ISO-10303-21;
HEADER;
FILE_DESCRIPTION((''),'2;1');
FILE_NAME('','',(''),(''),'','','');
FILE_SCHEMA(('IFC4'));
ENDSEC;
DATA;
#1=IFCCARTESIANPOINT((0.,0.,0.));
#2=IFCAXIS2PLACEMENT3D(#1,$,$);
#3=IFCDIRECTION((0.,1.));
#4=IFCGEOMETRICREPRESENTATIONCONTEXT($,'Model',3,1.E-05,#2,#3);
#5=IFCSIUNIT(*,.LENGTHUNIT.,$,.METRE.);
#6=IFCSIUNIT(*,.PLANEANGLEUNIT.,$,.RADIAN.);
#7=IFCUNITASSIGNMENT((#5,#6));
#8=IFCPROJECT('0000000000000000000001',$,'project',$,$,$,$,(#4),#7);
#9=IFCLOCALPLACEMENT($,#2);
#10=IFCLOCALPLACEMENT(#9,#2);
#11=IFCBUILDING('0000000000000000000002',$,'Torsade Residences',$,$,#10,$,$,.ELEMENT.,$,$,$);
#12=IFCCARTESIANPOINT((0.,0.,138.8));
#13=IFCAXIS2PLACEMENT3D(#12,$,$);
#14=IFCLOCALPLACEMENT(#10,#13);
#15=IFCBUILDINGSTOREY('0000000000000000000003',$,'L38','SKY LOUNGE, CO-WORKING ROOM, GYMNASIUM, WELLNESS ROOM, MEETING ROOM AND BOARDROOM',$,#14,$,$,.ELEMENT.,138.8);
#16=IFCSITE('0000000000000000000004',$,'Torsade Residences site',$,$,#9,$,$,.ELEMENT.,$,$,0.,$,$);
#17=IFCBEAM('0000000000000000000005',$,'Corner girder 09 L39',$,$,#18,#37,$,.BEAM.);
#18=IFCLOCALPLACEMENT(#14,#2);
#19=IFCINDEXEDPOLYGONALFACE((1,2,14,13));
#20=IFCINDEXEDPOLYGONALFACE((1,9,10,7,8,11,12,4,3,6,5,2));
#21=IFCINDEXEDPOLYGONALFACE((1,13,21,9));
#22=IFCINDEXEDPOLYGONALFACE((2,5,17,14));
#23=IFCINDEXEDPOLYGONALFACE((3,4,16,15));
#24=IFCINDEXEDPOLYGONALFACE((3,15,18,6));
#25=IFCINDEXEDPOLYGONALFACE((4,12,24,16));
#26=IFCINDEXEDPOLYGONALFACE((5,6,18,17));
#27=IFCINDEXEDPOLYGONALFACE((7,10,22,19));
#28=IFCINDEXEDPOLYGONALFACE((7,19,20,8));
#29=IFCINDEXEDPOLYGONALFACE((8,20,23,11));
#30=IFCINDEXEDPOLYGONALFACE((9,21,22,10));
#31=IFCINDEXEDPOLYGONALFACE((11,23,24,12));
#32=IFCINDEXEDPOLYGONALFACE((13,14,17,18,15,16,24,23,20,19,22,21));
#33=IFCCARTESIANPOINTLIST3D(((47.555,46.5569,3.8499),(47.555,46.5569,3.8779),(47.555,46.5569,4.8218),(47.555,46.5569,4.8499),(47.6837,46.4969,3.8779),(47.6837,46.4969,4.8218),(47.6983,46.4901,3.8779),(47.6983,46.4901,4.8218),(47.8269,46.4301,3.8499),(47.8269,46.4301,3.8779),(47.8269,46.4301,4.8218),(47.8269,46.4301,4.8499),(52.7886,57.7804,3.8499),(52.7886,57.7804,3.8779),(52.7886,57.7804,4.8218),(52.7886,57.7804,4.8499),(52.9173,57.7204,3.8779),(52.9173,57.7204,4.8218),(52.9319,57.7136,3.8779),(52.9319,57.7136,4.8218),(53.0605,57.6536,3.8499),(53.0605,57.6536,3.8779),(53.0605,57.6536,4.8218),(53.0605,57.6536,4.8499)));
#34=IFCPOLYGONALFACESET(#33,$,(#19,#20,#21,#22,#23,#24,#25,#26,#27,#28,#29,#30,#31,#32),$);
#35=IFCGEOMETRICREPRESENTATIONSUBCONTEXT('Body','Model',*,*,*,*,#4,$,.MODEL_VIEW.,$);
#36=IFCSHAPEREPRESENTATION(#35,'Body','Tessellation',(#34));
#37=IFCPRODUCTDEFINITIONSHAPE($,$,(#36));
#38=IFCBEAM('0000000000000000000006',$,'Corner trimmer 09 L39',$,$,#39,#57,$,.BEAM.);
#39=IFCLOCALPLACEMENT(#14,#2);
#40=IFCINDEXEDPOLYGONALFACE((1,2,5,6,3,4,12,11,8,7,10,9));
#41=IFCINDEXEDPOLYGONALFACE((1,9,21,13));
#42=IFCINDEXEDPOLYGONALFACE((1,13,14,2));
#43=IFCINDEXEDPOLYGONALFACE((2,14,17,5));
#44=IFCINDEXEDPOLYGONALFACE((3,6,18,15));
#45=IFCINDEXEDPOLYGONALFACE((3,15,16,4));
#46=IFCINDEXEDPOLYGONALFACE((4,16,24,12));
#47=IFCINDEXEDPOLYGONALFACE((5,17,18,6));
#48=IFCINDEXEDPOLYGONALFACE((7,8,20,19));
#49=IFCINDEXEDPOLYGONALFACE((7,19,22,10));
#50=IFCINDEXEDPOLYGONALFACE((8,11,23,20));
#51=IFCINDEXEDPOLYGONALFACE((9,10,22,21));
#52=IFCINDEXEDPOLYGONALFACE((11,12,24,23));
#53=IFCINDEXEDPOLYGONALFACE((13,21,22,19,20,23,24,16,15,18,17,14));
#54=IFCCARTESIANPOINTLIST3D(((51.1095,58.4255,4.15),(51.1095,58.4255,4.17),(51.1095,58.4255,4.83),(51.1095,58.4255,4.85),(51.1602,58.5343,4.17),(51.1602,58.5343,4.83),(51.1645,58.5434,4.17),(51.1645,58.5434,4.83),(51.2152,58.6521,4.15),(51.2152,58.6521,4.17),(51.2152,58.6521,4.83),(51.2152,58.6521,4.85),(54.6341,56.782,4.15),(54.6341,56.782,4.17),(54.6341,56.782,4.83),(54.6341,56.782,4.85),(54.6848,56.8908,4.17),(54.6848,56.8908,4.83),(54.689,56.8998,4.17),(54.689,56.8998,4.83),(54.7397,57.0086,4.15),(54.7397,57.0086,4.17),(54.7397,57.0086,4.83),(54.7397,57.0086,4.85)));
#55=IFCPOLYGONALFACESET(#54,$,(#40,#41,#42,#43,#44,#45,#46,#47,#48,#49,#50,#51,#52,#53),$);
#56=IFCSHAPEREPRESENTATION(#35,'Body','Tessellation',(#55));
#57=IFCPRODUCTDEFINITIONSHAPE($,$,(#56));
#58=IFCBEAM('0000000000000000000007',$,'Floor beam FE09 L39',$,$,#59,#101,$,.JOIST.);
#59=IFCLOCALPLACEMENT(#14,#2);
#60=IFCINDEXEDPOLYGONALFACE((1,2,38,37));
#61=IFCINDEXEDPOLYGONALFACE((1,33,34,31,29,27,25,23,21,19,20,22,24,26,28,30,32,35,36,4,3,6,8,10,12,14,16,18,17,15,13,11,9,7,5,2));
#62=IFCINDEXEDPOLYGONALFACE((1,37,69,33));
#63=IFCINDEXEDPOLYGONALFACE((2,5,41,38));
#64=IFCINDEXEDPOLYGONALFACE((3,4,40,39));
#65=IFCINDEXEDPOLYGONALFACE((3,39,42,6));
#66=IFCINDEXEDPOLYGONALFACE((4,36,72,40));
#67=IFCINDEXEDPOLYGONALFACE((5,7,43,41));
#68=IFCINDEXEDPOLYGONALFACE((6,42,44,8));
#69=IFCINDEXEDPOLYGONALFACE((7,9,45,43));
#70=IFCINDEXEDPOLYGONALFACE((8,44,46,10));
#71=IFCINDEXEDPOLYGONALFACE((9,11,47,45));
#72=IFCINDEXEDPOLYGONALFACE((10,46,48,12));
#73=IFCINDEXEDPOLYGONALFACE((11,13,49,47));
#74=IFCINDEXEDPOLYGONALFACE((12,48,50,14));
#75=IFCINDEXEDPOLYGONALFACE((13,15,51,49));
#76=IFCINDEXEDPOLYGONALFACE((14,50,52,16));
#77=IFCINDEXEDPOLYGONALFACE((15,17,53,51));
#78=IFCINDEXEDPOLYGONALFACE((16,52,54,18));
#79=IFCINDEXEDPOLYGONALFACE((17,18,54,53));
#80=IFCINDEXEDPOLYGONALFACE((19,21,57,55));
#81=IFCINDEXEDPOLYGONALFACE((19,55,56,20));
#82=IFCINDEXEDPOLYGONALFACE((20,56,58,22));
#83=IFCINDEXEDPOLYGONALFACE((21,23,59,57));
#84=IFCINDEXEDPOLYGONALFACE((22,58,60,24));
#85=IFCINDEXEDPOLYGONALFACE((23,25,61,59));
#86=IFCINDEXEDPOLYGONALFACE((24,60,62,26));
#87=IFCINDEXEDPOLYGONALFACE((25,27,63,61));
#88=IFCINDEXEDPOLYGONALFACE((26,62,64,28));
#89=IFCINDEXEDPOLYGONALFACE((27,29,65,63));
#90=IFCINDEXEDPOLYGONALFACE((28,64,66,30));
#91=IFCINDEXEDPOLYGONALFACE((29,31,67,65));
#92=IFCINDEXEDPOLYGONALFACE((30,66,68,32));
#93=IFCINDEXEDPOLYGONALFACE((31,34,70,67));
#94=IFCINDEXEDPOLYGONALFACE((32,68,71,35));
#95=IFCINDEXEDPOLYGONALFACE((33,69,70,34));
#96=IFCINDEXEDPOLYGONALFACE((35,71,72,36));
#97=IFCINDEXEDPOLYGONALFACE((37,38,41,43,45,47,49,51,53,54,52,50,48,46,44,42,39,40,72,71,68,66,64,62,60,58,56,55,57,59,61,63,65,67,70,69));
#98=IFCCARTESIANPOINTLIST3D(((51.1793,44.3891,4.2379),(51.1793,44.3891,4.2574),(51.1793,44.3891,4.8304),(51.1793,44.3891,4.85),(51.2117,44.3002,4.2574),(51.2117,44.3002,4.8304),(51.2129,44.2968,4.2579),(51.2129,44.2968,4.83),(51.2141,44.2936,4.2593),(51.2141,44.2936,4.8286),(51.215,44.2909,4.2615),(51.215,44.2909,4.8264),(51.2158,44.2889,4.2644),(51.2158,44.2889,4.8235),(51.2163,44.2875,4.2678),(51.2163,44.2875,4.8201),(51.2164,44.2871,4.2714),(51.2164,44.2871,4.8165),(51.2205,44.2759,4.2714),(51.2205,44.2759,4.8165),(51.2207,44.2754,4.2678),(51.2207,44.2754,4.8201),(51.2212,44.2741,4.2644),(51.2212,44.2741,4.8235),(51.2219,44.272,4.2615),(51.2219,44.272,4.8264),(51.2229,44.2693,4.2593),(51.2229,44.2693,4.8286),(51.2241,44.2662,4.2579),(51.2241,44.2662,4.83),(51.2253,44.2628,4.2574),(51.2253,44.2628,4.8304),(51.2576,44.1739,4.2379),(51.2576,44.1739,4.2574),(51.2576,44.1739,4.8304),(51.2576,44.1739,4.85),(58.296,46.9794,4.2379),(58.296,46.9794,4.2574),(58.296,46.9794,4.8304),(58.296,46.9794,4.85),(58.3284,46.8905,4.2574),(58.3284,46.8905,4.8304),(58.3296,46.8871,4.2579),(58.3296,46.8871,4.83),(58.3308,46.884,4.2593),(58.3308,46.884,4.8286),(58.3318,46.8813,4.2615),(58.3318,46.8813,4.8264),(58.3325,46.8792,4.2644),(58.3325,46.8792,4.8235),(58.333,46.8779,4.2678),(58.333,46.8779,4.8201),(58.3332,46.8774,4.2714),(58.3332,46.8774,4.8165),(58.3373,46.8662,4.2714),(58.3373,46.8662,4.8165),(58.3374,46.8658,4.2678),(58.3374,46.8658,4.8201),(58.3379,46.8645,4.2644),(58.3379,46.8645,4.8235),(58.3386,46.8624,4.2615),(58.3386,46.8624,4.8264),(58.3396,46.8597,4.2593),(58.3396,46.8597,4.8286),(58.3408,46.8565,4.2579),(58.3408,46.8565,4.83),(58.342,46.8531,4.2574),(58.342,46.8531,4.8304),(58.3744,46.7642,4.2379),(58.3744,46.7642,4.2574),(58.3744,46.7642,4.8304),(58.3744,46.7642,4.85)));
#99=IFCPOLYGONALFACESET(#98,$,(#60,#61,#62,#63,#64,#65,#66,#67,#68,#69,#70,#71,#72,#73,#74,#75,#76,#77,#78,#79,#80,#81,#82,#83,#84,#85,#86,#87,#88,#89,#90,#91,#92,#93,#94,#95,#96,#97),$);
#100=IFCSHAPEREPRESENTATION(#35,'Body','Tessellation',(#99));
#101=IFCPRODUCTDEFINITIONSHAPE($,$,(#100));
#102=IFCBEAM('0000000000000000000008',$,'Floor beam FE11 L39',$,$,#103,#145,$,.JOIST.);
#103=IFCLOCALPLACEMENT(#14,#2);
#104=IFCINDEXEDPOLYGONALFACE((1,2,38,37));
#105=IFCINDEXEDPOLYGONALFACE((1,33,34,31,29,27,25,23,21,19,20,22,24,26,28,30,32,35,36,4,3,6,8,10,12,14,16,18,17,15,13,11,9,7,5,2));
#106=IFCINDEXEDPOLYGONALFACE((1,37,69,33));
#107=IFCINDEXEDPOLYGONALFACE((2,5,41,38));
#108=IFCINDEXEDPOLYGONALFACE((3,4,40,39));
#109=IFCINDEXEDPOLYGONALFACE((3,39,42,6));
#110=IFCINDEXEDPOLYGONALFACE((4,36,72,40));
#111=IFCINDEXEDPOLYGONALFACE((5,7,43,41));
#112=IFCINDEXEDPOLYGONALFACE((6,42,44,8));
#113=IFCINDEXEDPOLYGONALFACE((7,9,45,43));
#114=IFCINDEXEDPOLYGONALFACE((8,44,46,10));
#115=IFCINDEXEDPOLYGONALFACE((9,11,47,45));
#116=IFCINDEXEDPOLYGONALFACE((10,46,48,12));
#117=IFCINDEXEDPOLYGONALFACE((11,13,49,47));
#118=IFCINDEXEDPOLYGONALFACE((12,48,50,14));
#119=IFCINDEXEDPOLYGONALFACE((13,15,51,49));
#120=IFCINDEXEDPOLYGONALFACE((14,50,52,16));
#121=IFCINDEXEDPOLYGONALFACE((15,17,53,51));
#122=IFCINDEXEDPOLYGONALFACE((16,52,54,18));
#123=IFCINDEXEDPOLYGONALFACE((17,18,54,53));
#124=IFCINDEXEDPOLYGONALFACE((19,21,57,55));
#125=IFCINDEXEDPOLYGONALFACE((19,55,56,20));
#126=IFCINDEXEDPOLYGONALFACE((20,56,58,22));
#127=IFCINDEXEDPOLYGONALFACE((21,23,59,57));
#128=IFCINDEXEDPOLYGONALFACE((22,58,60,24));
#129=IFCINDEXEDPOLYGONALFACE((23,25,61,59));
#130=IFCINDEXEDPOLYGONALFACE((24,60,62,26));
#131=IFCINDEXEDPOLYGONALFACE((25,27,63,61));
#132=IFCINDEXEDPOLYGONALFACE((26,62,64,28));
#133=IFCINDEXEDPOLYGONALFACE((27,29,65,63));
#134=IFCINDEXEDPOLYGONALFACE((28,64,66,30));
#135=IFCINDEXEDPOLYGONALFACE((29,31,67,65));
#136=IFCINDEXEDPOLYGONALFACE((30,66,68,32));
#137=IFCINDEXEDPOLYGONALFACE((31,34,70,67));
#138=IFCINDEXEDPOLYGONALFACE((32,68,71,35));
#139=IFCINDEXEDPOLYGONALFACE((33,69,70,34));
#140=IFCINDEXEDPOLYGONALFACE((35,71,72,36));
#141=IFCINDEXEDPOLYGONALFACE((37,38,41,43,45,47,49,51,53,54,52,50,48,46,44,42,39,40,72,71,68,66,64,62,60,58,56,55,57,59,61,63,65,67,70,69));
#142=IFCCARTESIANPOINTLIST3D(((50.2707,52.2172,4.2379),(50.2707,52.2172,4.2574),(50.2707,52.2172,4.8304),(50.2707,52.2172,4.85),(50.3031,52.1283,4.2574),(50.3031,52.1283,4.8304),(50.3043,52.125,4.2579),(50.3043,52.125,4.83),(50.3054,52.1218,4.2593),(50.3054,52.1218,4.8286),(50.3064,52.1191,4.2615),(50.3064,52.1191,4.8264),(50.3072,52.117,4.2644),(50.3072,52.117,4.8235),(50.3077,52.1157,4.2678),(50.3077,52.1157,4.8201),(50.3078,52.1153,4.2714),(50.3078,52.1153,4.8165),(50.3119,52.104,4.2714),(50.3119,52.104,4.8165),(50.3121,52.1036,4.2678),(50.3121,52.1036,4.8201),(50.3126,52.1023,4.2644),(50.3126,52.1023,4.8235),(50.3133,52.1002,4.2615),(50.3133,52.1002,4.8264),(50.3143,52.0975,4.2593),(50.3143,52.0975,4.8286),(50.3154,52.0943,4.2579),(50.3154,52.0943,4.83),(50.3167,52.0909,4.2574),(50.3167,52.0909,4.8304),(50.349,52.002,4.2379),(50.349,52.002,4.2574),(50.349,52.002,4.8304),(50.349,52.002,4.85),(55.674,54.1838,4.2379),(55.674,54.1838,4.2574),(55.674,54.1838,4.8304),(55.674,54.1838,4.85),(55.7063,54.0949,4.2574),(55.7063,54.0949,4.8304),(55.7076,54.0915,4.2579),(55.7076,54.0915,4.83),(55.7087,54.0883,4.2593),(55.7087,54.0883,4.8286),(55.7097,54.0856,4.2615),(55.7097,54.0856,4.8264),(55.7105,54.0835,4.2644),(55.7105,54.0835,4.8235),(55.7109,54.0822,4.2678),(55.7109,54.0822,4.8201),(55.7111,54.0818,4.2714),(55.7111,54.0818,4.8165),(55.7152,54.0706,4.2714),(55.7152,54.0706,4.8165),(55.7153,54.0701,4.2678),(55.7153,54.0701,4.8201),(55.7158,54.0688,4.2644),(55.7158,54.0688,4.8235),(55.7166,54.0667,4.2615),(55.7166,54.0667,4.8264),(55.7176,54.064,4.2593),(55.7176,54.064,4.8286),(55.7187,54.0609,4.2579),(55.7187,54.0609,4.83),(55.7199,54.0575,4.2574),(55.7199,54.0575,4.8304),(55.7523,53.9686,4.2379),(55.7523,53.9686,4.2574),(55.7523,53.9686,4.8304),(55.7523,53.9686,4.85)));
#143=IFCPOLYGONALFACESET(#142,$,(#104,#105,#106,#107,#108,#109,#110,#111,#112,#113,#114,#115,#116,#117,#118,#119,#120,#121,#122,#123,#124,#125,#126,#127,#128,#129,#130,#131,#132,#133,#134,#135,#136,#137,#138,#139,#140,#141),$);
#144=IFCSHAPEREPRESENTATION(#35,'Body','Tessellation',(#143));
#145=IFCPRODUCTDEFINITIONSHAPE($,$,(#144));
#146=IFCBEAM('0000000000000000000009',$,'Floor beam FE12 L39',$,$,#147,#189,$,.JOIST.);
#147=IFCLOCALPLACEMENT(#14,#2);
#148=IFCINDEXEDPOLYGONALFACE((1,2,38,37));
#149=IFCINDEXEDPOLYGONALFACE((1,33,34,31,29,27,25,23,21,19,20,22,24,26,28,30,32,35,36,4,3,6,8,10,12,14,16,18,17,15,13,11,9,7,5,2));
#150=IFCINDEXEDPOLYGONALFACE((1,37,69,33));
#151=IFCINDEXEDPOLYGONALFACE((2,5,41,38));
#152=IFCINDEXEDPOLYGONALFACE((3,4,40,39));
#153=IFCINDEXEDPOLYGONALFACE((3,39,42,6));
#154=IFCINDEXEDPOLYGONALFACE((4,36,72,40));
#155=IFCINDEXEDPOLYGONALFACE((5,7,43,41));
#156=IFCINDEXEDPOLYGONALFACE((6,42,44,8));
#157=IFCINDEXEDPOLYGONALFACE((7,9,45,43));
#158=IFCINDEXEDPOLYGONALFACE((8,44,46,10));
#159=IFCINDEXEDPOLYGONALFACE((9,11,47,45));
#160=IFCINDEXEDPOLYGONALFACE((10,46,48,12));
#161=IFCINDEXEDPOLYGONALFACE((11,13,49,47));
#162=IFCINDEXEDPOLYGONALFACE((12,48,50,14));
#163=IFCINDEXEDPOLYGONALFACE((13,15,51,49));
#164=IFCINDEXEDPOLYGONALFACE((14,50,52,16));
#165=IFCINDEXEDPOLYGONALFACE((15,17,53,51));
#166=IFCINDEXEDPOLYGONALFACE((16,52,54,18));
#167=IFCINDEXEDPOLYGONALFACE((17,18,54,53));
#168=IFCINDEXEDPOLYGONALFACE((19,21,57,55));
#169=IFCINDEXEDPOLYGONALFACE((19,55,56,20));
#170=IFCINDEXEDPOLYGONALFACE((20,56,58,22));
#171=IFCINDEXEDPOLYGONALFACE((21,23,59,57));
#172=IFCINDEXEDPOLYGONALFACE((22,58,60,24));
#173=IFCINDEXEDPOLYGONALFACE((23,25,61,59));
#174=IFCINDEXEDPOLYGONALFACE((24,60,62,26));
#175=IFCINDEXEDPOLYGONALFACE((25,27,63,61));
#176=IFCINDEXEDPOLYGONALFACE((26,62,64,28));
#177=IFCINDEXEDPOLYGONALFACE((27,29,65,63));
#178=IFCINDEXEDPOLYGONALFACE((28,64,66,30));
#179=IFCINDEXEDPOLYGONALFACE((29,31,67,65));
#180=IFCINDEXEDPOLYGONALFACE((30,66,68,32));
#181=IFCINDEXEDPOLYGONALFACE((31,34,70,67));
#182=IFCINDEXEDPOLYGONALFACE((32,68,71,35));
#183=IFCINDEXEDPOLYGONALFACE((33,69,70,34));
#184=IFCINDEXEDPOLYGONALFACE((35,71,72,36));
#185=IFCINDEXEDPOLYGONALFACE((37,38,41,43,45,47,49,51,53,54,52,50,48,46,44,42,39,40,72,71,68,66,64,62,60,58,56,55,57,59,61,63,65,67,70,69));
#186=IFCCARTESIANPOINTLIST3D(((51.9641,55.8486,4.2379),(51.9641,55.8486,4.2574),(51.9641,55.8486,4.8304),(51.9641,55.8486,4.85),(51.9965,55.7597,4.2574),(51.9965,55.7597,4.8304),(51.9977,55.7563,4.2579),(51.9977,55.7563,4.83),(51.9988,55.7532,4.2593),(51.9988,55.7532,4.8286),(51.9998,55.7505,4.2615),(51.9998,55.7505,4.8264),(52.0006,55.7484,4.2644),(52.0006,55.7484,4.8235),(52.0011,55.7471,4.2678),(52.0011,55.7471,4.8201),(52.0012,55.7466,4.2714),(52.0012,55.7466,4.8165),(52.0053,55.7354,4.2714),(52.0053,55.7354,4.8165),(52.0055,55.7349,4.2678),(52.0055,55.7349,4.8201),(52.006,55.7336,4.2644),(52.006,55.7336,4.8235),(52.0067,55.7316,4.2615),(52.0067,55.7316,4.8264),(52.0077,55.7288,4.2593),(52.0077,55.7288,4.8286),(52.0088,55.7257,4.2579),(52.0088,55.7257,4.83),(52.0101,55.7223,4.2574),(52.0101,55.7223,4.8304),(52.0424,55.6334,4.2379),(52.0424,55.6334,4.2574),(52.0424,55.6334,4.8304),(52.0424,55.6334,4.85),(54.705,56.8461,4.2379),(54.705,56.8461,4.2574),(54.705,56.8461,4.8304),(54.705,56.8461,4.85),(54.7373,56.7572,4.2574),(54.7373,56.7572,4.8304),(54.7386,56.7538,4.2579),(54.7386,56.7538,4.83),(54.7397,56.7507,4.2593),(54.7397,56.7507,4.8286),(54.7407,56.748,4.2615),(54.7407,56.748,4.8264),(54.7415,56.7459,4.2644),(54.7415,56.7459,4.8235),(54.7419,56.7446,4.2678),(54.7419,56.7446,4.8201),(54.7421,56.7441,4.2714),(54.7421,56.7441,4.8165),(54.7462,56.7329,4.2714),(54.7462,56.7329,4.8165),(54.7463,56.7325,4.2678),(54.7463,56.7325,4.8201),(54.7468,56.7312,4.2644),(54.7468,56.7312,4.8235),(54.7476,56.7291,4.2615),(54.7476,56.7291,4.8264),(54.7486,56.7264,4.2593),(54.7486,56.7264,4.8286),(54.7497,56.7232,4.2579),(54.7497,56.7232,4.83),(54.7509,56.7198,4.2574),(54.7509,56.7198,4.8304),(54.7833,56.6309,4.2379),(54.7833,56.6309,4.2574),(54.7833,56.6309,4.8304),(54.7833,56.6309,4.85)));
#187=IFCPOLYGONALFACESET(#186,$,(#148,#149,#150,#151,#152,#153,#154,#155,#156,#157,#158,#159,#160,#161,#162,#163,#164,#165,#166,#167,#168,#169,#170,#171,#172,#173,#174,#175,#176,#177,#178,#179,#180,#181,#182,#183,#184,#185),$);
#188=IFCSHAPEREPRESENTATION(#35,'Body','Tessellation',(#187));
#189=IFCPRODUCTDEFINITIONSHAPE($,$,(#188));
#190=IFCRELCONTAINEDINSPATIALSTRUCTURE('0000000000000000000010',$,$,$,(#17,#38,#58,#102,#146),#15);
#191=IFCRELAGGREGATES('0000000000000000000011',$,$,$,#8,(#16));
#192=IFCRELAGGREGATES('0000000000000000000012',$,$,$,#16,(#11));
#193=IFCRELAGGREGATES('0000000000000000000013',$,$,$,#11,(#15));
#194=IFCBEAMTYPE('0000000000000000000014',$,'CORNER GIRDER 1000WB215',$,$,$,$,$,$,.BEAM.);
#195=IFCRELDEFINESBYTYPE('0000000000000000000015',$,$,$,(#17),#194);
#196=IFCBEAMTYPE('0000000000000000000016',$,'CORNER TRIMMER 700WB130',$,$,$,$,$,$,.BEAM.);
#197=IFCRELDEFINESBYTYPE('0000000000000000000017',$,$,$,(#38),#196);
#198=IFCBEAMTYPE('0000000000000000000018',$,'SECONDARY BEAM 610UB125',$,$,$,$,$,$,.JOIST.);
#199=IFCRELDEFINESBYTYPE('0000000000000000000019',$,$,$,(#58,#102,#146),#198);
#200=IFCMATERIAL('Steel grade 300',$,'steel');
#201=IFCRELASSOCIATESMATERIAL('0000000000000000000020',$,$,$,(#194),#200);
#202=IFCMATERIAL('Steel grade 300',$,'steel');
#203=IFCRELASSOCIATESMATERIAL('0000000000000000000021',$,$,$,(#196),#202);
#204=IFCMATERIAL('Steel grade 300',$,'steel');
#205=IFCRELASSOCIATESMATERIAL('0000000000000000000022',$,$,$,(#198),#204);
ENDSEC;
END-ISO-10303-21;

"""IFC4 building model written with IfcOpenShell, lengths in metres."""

from ifc_helpers import new_model, si_unit, direction, frame, origin, origin_2d, place, context, subcontext, project, spatial, i_section, extrude, material, material_profile, profile_set, type_object, element, save


model = new_model("IFC4")

# Units and contexts
model_context = context("Model", 3, precision=1e-05, world=origin(), true_north=direction((0.0, 1.0)))
body_context = subcontext(model_context, "Body", "Model", "MODEL_VIEW")
ifc_project = project(units=[si_unit("LENGTHUNIT", "METRE"), si_unit("PLANEANGLEUNIT", "RADIAN")], contexts=[model_context])

# Site, building, storey
site_placement = place(None, origin())
site = spatial("IfcSite", under=ifc_project, at=site_placement, Name="Torsade Residences site", CompositionType="ELEMENT", RefElevation=0.0)
building_placement = place(site_placement, origin())
building = spatial("IfcBuilding", under=site, at=building_placement, Name="Torsade Residences", CompositionType="ELEMENT")
storey_placement = place(building_placement, frame((0.0, 0.0, 138.8)))
storey = spatial("IfcBuildingStorey", under=building, at=storey_placement, Name="L38", Description="SKY LOUNGE, CO-WORKING ROOM, GYMNASIUM, WELLNESS ROOM, MEETING ROOM AND BOARDROOM", CompositionType="ELEMENT", Elevation=138.8)

# Beams
ifc_material_1 = material(Name="Steel grade 300", Category="steel")
ifc_material_profile_1 = material_profile(ifc_material_1, i_section(OverallWidth=0.3, OverallDepth=1.0, WebThickness=0.0161, FlangeThickness=0.0281, at=origin_2d()), Name="1000WB215")
ifc_profile_set_1 = profile_set([ifc_material_profile_1], Name="Steel grade 300")
beam_type_1 = type_object("IfcBeamType", Name="CORNER GIRDER 1000WB215", PredefinedType="BEAM", material=ifc_profile_set_1)
beam_1_placement = place(storey_placement, frame((52.9246, 57.717, 4.3499), z_axis=(-0.422617, -0.906309, 0.0), x_axis=(0.906309, -0.422617, 0.0)))
element("IfcBeam", 1, at=beam_1_placement, inside=storey, type_object=beam_type_1, Name="Corner girder 09 L39", PredefinedType="BEAM", context=body_context, shape_type="SweptSolid", body=[
    extrude(i_section(OverallWidth=0.3, OverallDepth=1.0, WebThickness=0.0161, FlangeThickness=0.0281, at=origin_2d()), origin(), (0.0, 0.0, 1.0), 12.3838),
])
ifc_material_2 = material(Name="Steel grade 300", Category="steel")
ifc_material_profile_2 = material_profile(ifc_material_2, i_section(OverallWidth=0.25, OverallDepth=0.7, WebThickness=0.01, FlangeThickness=0.02, at=origin_2d()), Name="700WB130")
ifc_profile_set_2 = profile_set([ifc_material_profile_2], Name="Steel grade 300")
beam_type_2 = type_object("IfcBeamType", Name="CORNER TRIMMER 700WB130", PredefinedType="BEAM", material=ifc_profile_set_2)
beam_2_placement = place(storey_placement, frame((51.1624, 58.5388, 4.5), z_axis=(0.90631, -0.422614, 0.0), x_axis=(0.422614, 0.90631, 0.0)))
element("IfcBeam", 2, at=beam_2_placement, inside=storey, type_object=beam_type_2, Name="Corner trimmer 09 L39", PredefinedType="BEAM", context=body_context, shape_type="SweptSolid", body=[
    extrude(i_section(OverallWidth=0.25, OverallDepth=0.7, WebThickness=0.01, FlangeThickness=0.02, at=origin_2d()), origin(), (0.0, 0.0, 1.0), 3.8889),
])
ifc_material_3 = material(Name="Steel grade 300", Category="steel")
ifc_material_profile_3 = material_profile(ifc_material_3, i_section(OverallWidth=0.229, OverallDepth=0.6121, WebThickness=0.012, FlangeThickness=0.0195, FilletRadius=0.0139, at=origin_2d()), Name="610UB125")
ifc_profile_set_3 = profile_set([ifc_material_profile_3], Name="Steel grade 300")
beam_type_3 = type_object("IfcBeamType", Name="SECONDARY BEAM 610UB125", PredefinedType="JOIST", material=ifc_profile_set_3)
beam_3_placement = place(storey_placement, frame((58.3352, 46.8718, 4.5439), z_axis=(-0.93969, -0.342028, 0.0), x_axis=(0.342028, -0.93969, 0.0)))
element("IfcBeam", 3, at=beam_3_placement, inside=storey, type_object=beam_type_3, Name="Floor beam FE09 L39", PredefinedType="JOIST", context=body_context, shape_type="SweptSolid", body=[
    extrude(i_section(OverallWidth=0.229, OverallDepth=0.6121, WebThickness=0.012, FlangeThickness=0.0195, FilletRadius=0.0139, at=origin_2d()), origin(), (0.0, 0.0, 1.0), 7.5735),
])
beam_4_placement = place(storey_placement, frame((55.7131, 54.0762, 4.5439), z_axis=(-0.939698, -0.342006, 0.0), x_axis=(0.342006, -0.939698, 0.0)))
element("IfcBeam", 4, at=beam_4_placement, inside=storey, type_object=beam_type_3, Name="Floor beam FE11 L39", PredefinedType="JOIST", context=body_context, shape_type="SweptSolid", body=[
    extrude(i_section(OverallWidth=0.229, OverallDepth=0.6121, WebThickness=0.012, FlangeThickness=0.0195, FilletRadius=0.0139, at=origin_2d()), origin(), (0.0, 0.0, 1.0), 5.75),
])
for number, where, z_axis, x_axis, name in (
    (5, (54.7441, 56.7385, 4.5439), (-0.939701, -0.341998, 0.0), (0.341998, -0.939701, 0.0), "Floor beam FE12 L39"),
):
    element("IfcBeam", number, at=place(storey_placement, frame(where, z_axis=z_axis, x_axis=x_axis)), inside=storey, type_object=beam_type_3, Name=name, PredefinedType="JOIST", context=body_context, shape_type="SweptSolid", body=[
        extrude(i_section(OverallWidth=0.229, OverallDepth=0.6121, WebThickness=0.012, FlangeThickness=0.0195, FilletRadius=0.0139, at=origin_2d()), origin(), (0.0, 0.0, 1.0), 2.9167),
    ])

save(model, "model.ifc")
